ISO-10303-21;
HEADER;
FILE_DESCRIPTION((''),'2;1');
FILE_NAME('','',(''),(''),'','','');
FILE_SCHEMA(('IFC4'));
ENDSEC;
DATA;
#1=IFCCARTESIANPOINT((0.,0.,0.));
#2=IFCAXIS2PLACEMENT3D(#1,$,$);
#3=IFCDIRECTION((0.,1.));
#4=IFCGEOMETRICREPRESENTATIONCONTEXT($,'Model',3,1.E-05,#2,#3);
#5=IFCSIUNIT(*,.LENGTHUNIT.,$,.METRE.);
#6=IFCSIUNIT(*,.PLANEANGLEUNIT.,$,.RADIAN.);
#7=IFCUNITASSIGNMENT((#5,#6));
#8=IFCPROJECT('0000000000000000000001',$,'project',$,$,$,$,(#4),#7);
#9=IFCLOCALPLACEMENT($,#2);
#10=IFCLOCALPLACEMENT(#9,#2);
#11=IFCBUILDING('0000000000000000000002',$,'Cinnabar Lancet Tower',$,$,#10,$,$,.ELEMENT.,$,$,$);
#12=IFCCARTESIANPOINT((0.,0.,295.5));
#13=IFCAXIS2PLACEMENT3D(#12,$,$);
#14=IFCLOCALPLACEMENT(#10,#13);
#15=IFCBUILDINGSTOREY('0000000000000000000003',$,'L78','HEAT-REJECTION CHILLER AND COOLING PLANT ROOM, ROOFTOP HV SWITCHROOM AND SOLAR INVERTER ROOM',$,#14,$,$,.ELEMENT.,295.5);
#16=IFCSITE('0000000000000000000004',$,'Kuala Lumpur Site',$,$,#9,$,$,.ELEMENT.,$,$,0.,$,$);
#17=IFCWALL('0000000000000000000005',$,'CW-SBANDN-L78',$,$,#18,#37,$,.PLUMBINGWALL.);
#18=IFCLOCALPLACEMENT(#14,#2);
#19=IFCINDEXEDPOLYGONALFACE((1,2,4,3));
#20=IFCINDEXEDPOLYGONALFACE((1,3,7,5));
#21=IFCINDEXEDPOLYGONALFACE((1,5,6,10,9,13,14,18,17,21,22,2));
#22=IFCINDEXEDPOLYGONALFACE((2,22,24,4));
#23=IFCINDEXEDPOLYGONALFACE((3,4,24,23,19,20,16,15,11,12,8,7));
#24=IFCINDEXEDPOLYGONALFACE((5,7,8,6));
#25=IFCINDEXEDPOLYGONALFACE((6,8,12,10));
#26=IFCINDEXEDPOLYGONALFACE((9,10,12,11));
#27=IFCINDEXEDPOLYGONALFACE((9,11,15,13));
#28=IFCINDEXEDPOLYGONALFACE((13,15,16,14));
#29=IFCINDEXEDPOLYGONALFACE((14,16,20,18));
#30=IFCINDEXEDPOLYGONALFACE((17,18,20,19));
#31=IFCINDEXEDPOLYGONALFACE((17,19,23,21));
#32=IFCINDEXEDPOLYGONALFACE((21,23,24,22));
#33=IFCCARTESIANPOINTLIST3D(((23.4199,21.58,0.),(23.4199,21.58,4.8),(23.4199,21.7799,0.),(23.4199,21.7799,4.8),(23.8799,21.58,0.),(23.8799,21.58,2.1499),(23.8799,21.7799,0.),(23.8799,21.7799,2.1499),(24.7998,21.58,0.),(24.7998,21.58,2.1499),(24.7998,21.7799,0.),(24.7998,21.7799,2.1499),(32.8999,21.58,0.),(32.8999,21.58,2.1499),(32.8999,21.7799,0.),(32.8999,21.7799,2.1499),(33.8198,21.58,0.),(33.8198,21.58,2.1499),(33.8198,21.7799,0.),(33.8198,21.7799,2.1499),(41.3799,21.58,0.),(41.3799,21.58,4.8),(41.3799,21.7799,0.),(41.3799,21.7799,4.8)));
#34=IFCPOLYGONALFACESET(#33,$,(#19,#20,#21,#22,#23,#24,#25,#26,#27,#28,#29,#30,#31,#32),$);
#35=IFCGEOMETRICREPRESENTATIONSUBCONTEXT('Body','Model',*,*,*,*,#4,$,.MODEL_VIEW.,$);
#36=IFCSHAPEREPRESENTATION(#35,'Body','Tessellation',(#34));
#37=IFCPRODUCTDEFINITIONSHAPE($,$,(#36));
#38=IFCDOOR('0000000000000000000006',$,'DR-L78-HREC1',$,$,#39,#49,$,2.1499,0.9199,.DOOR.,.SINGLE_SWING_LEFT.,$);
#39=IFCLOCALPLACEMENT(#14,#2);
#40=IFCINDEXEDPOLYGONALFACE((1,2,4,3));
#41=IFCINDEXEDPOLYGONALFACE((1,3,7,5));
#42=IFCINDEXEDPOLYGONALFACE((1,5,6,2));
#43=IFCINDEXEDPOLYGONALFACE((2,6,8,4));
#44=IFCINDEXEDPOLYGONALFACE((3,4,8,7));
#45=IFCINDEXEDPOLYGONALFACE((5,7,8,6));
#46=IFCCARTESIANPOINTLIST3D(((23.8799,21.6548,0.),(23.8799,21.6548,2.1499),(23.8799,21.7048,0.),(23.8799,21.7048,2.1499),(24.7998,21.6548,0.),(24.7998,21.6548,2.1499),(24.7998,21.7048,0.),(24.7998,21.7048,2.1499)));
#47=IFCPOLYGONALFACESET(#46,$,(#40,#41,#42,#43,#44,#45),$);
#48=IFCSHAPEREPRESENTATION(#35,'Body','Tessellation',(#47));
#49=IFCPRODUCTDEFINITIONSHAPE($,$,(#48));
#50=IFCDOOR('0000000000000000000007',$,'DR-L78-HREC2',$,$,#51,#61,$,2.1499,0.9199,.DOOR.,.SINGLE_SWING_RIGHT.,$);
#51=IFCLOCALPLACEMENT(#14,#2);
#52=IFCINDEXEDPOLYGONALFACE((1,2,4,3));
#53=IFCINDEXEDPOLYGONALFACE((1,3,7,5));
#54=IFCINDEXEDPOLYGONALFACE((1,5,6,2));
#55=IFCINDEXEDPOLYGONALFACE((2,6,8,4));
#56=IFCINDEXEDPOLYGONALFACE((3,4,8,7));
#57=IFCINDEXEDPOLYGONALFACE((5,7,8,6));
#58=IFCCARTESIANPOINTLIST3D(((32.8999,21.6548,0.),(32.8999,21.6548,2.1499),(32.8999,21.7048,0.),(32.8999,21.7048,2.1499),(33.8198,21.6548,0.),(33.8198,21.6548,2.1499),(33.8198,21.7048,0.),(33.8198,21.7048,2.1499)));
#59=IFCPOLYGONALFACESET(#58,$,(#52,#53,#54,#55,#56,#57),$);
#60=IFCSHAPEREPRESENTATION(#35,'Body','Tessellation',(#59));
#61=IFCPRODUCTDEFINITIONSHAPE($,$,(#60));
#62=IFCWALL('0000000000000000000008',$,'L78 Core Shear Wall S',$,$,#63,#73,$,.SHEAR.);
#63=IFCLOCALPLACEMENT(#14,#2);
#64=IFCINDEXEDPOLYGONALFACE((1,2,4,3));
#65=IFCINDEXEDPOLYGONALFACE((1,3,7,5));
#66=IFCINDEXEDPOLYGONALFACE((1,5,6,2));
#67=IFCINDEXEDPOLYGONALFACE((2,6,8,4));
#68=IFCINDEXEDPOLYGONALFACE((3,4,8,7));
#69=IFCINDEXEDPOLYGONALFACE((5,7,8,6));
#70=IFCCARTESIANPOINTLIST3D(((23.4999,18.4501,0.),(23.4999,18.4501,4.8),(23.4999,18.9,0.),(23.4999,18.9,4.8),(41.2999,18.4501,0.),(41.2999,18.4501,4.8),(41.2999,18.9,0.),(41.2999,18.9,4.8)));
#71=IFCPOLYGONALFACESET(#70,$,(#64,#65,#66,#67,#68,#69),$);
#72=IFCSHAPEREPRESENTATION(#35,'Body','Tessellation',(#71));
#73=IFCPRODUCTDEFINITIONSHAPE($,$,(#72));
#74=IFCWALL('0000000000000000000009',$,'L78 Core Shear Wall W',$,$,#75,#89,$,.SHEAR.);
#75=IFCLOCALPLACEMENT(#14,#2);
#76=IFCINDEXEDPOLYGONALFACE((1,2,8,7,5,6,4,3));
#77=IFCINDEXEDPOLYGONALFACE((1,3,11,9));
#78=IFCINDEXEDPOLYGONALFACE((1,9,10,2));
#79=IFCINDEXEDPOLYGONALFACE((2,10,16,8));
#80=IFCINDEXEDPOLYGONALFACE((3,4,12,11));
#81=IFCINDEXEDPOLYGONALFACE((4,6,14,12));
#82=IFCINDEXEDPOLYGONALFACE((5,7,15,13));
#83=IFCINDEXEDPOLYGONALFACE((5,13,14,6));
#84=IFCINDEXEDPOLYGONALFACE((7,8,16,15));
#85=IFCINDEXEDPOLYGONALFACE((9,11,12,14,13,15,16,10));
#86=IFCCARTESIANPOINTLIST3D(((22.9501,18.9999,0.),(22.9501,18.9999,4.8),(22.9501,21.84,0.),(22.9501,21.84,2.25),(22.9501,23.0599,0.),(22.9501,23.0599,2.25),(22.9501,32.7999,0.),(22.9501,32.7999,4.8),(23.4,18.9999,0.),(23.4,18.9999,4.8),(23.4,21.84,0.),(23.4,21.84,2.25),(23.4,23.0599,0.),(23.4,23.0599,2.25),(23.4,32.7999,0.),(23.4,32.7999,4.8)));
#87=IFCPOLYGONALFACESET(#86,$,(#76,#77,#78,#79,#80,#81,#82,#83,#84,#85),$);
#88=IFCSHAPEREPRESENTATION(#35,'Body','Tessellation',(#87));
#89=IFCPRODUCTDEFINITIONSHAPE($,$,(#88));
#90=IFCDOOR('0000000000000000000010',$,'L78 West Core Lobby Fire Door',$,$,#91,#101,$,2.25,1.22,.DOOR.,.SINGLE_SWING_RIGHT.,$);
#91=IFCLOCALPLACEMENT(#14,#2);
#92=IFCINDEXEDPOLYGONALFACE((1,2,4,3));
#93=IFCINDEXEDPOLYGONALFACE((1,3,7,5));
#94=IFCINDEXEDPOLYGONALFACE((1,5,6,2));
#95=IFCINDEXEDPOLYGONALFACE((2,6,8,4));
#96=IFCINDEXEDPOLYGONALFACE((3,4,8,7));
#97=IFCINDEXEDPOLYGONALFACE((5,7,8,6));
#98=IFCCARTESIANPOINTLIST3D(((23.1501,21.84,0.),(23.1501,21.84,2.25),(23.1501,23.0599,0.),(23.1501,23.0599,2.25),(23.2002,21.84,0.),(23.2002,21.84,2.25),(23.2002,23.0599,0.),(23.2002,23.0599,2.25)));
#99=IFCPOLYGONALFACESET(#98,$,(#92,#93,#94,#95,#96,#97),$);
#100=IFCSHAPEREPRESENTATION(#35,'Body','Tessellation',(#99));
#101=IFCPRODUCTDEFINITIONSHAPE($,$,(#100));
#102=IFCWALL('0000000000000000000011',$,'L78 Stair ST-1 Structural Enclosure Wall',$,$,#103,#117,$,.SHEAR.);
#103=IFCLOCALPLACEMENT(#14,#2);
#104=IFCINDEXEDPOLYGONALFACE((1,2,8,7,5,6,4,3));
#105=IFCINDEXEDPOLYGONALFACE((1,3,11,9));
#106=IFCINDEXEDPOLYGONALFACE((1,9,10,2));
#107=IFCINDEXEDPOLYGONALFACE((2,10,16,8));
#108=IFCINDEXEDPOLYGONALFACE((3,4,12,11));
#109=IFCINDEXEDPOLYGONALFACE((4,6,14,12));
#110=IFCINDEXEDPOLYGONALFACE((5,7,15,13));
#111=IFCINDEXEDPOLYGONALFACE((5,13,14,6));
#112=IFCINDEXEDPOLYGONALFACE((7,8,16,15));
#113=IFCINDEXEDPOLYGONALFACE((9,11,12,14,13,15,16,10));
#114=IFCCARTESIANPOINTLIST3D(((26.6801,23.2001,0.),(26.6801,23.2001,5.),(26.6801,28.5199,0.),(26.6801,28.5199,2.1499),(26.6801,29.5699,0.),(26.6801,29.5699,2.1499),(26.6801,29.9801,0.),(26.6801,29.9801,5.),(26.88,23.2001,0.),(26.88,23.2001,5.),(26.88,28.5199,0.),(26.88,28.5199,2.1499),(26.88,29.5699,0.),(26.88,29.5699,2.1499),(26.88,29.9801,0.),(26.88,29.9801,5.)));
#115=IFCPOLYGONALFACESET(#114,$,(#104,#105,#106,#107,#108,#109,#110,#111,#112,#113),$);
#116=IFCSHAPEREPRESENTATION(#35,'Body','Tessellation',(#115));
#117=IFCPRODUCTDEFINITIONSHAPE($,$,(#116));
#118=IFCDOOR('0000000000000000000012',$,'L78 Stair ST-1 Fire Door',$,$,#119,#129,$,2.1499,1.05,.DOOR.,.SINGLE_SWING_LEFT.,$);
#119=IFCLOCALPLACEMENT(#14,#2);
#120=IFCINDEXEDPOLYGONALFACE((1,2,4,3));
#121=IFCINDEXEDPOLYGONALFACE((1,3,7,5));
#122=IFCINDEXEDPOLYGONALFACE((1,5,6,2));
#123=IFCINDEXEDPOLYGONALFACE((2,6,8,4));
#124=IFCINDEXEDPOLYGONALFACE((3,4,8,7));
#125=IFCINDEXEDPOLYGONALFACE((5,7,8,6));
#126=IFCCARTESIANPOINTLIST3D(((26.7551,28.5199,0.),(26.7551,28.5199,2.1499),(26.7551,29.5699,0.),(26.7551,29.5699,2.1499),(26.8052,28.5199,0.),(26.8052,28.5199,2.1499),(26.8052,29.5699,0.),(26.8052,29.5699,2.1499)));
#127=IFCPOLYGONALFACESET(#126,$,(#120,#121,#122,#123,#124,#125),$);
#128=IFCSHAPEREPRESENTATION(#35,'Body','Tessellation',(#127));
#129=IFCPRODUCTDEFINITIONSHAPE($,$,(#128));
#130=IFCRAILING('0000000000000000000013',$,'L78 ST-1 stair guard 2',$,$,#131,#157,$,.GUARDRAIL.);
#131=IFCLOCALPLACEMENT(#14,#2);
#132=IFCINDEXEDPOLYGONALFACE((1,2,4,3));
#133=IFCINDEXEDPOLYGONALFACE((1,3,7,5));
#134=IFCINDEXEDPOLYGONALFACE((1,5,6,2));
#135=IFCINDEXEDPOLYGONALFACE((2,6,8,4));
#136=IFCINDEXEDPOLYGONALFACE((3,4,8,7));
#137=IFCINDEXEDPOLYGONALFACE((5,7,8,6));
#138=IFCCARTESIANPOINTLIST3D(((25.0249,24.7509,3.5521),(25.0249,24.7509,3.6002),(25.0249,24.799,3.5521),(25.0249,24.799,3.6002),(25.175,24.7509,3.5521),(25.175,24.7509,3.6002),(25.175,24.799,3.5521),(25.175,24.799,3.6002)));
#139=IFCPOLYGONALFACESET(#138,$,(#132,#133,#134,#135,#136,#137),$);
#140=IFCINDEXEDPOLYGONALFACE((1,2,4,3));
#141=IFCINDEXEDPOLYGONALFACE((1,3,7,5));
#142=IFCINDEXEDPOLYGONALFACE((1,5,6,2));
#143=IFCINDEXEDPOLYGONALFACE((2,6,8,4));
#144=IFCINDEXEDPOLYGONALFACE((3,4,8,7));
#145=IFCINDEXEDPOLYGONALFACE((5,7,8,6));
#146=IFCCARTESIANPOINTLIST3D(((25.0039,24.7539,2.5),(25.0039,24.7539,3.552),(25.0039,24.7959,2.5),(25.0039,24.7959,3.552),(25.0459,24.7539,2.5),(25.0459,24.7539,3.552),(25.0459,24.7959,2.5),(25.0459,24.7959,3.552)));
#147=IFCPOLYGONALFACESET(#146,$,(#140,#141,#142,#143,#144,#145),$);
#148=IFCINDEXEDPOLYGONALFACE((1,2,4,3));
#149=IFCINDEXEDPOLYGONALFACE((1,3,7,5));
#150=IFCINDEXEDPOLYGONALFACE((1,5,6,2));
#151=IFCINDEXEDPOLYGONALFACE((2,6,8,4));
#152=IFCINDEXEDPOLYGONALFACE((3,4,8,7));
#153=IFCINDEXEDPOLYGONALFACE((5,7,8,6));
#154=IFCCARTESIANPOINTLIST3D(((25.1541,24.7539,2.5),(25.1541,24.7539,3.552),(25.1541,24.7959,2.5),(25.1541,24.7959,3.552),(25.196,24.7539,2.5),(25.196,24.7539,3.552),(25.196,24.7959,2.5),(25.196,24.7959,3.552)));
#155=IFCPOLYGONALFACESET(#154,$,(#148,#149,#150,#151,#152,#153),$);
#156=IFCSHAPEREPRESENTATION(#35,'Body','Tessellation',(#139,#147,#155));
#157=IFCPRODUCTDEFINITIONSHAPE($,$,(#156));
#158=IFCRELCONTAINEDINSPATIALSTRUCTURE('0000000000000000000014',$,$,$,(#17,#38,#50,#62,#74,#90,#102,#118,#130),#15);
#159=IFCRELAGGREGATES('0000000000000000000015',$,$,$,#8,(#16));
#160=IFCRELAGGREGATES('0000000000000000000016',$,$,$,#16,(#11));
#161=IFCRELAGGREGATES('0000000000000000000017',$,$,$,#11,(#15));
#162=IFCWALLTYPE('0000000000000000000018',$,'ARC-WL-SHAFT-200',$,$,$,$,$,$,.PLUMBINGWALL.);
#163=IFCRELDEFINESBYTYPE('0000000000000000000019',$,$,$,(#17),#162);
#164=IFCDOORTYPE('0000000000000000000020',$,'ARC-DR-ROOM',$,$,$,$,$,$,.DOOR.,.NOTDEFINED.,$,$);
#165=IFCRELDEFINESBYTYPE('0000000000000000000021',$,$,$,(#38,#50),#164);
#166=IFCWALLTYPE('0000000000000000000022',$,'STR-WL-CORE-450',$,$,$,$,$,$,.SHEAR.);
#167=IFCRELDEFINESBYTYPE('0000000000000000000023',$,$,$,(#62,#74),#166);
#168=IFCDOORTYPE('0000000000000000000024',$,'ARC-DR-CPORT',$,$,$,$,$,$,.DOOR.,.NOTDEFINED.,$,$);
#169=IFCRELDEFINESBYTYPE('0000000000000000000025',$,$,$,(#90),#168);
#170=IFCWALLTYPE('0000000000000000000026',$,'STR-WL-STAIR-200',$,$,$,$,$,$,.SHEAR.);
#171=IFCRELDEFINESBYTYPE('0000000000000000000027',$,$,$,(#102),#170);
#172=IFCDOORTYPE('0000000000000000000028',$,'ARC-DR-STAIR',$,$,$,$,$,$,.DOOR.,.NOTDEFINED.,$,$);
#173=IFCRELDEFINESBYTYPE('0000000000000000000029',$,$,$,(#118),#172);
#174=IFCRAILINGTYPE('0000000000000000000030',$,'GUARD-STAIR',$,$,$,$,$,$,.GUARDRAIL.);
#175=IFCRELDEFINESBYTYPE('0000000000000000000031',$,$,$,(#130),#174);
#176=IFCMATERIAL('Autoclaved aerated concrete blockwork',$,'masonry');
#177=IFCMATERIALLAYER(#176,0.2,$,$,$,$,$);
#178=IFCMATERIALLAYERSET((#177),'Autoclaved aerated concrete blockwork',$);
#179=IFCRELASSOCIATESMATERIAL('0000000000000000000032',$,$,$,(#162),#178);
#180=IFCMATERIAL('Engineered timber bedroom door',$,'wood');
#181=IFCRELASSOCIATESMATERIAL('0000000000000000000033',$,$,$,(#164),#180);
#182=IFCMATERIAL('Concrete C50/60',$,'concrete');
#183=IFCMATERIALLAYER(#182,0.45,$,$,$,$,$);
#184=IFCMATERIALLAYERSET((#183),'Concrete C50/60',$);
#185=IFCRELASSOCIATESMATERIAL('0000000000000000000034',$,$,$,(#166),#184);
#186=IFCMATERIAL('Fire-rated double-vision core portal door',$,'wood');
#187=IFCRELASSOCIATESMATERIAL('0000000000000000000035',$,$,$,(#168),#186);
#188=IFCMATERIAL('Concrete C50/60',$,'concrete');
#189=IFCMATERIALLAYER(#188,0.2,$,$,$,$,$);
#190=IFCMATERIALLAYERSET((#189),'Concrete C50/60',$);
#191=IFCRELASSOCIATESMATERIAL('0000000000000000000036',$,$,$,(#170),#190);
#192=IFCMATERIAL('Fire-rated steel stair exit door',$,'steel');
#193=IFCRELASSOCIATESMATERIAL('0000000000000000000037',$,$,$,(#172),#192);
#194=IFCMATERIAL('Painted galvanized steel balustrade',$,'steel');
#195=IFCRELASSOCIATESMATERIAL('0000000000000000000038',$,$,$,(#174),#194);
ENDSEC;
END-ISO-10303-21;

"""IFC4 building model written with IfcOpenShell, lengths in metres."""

from ifc_helpers import new_model, si_unit, direction, frame, frame_2d, origin, origin_2d, place, context, subcontext, project, spatial, rectangle, extrude, material, layer, layer_set, type_object, element, fill, save


model = new_model("IFC4")

# Units and contexts
model_context = context("Model", 3, precision=1e-05, world=origin(), true_north=direction((0.0, 1.0)))
body_context = subcontext(model_context, "Body", "Model", "MODEL_VIEW")
ifc_project = project(units=[si_unit("LENGTHUNIT", "METRE"), si_unit("PLANEANGLEUNIT", "RADIAN")], contexts=[model_context])

# Site, building, storey
site_placement = place(None, origin())
site = spatial("IfcSite", under=ifc_project, at=site_placement, Name="Kuala Lumpur Site", CompositionType="ELEMENT", RefElevation=0.0)
building_placement = place(site_placement, origin())
building = spatial("IfcBuilding", under=site, at=building_placement, Name="Cinnabar Lancet Tower", CompositionType="ELEMENT")
storey_placement = place(building_placement, frame((0.0, 0.0, 295.5)))
storey = spatial("IfcBuildingStorey", under=building, at=storey_placement, Name="L78", Description="HEAT-REJECTION CHILLER AND COOLING PLANT ROOM, ROOFTOP HV SWITCHROOM AND SOLAR INVERTER ROOM", CompositionType="ELEMENT", Elevation=295.5)

# Shared definitions
ifc_material_1 = material(Name="Autoclaved aerated concrete blockwork", Category="masonry")
ifc_layer_1 = layer(ifc_material_1, 0.2)
ifc_layer_set_1 = layer_set([ifc_layer_1], Name="Autoclaved aerated concrete blockwork")
wall_type_1 = type_object("IfcWallType", Name="ARC-WL-SHAFT-200", PredefinedType="PLUMBINGWALL", material=ifc_layer_set_1)

# Wall, openings, doors
wall_1_placement = place(storey_placement, frame((23.4199, 21.6799, 0.0), z_axis=(0.0, 0.0, 1.0), x_axis=(1.0, 0.0, 0.0)))
wall_1 = element("IfcWall", 1, at=wall_1_placement, inside=storey, type_object=wall_type_1, Name="CW-SBANDN-L78", PredefinedType="PLUMBINGWALL", context=body_context, shape_type="SweptSolid", body=[
    extrude(rectangle(XDim=17.96, YDim=0.2, at=frame_2d((8.98, 0.0))), origin(), (0.0, 0.0, 1.0), 4.8),
])
opening_1_placement = place(wall_1_placement, frame((0.46, 0.0, 0.0)))
opening_1 = element("IfcOpeningElement", 2, at=opening_1_placement, cuts=wall_1, PredefinedType="OPENING", context=body_context, shape_type="SweptSolid", body=[
    extrude(rectangle(XDim=0.9199, YDim=2.1499, at=frame_2d((0.46, 1.075))), frame((0.0, 0.1099, 0.0), z_axis=(0.0, -1.0, 0.0), x_axis=(1.0, 0.0, 0.0)), (0.0, 0.0, 1.0), 0.22),
])
opening_2_placement = place(wall_1_placement, frame((9.48, 0.0, 0.0)))
opening_2 = element("IfcOpeningElement", 3, at=opening_2_placement, cuts=wall_1, PredefinedType="OPENING", context=body_context, shape_type="SweptSolid", body=[
    extrude(rectangle(XDim=0.9199, YDim=2.1499, at=frame_2d((0.46, 1.075))), frame((0.0, 0.1099, 0.0), z_axis=(0.0, -1.0, 0.0), x_axis=(1.0, 0.0, 0.0)), (0.0, 0.0, 1.0), 0.22),
])
ifc_material_2 = material(Name="Engineered timber bedroom door", Category="wood")
door_type_1 = type_object("IfcDoorType", Name="ARC-DR-ROOM", OperationType="NOTDEFINED", PredefinedType="DOOR", material=ifc_material_2)
door_1_placement = place(opening_1_placement, origin())
door_1 = element("IfcDoor", 4, at=door_1_placement, inside=storey, type_object=door_type_1, Name="DR-L78-HREC1", OperationType="SINGLE_SWING_LEFT", OverallHeight=2.1499, OverallWidth=0.9199, PredefinedType="DOOR", context=body_context, shape_type="SweptSolid", body=[
    extrude(rectangle(XDim=0.9199, YDim=2.1499, at=frame_2d((0.46, 1.075))), frame((0.0, 0.0249, 0.0), z_axis=(0.0, -1.0, 0.0), x_axis=(1.0, 0.0, 0.0)), (0.0, 0.0, 1.0), 0.05),
])
fill(opening_1, door_1)
door_2_placement = place(opening_2_placement, origin())
door_2 = element("IfcDoor", 5, at=door_2_placement, inside=storey, type_object=door_type_1, Name="DR-L78-HREC2", OperationType="SINGLE_SWING_RIGHT", OverallHeight=2.1499, OverallWidth=0.9199, PredefinedType="DOOR", context=body_context, shape_type="SweptSolid", body=[
    extrude(rectangle(XDim=0.9199, YDim=2.1499, at=frame_2d((0.46, 1.075))), frame((0.0, 0.0249, 0.0), z_axis=(0.0, -1.0, 0.0), x_axis=(1.0, 0.0, 0.0)), (0.0, 0.0, 1.0), 0.05),
])
fill(opening_2, door_2)

# Wall
ifc_material_3 = material(Name="Concrete C50/60", Category="concrete")
ifc_layer_2 = layer(ifc_material_3, 0.45)
ifc_layer_set_2 = layer_set([ifc_layer_2], Name="Concrete C50/60")
wall_type_2 = type_object("IfcWallType", Name="STR-WL-CORE-450", PredefinedType="SHEAR", material=ifc_layer_set_2)
wall_2_placement = place(storey_placement, frame((23.5, 18.675, 0.0), z_axis=(0.0, 0.0, 1.0), x_axis=(1.0, 0.0, 0.0)))
element("IfcWall", 6, at=wall_2_placement, inside=storey, type_object=wall_type_2, Name="L78 Core Shear Wall S", PredefinedType="SHEAR", context=body_context, shape_type="SweptSolid", body=[
    extrude(rectangle(XDim=17.8, YDim=0.45, at=frame_2d((8.8999, 0.0))), origin(), (0.0, 0.0, 1.0), 4.8),
])

# Walls, openings, doors
wall_3_placement = place(storey_placement, frame((23.175, 19.0, 0.0), z_axis=(0.0, 0.0, 1.0), x_axis=(0.0, 1.0, 0.0)))
wall_3 = element("IfcWall", 7, at=wall_3_placement, inside=storey, type_object=wall_type_2, Name="L78 Core Shear Wall W", PredefinedType="SHEAR", context=body_context, shape_type="SweptSolid", body=[
    extrude(rectangle(XDim=13.8, YDim=0.45, at=frame_2d((6.8999, 0.0))), origin(), (0.0, 0.0, 1.0), 4.8),
])
opening_3_placement = place(wall_3_placement, frame((2.8401, 0.0, 0.0)))
opening_3 = element("IfcOpeningElement", 8, at=opening_3_placement, cuts=wall_3, PredefinedType="OPENING", context=body_context, shape_type="SweptSolid", body=[
    extrude(rectangle(XDim=1.22, YDim=2.25, at=frame_2d((0.6099, 1.125))), frame((0.0, 0.2349, 0.0), z_axis=(0.0, -1.0, 0.0), x_axis=(1.0, 0.0, 0.0)), (0.0, 0.0, 1.0), 0.47),
])
ifc_material_4 = material(Name="Fire-rated double-vision core portal door", Category="wood")
door_type_2 = type_object("IfcDoorType", Name="ARC-DR-CPORT", OperationType="NOTDEFINED", PredefinedType="DOOR", material=ifc_material_4)
door_3_placement = place(opening_3_placement, origin())
door_3 = element("IfcDoor", 9, at=door_3_placement, inside=storey, type_object=door_type_2, Name="L78 West Core Lobby Fire Door", OperationType="SINGLE_SWING_RIGHT", OverallHeight=2.25, OverallWidth=1.22, PredefinedType="DOOR", context=body_context, shape_type="SweptSolid", body=[
    extrude(rectangle(XDim=1.22, YDim=2.25, at=frame_2d((0.6099, 1.125))), frame((0.0, 0.0249, 0.0), z_axis=(0.0, -1.0, 0.0), x_axis=(1.0, 0.0, 0.0)), (0.0, 0.0, 1.0), 0.05),
])
fill(opening_3, door_3)
ifc_material_5 = material(Name="Concrete C50/60", Category="concrete")
ifc_layer_3 = layer(ifc_material_5, 0.2)
ifc_layer_set_3 = layer_set([ifc_layer_3], Name="Concrete C50/60")
wall_type_3 = type_object("IfcWallType", Name="STR-WL-STAIR-200", PredefinedType="SHEAR", material=ifc_layer_set_3)
wall_4_placement = place(storey_placement, frame((26.78, 23.2, 0.0), z_axis=(0.0, 0.0, 1.0), x_axis=(0.0, 1.0, 0.0)))
wall_4 = element("IfcWall", 10, at=wall_4_placement, inside=storey, type_object=wall_type_3, Name="L78 Stair ST-1 Structural Enclosure Wall", PredefinedType="SHEAR", context=body_context, shape_type="SweptSolid", body=[
    extrude(rectangle(XDim=6.78, YDim=0.2, at=frame_2d((3.3901, 0.0))), origin(), (0.0, 0.0, 1.0), 5.0),
])
opening_4_placement = place(wall_4_placement, frame((5.3201, 0.0, 0.0)))
opening_4 = element("IfcOpeningElement", 11, at=opening_4_placement, cuts=wall_4, PredefinedType="OPENING", context=body_context, shape_type="SweptSolid", body=[
    extrude(rectangle(XDim=1.05, YDim=2.1499, at=frame_2d((0.5249, 1.075))), frame((0.0, 0.1099, 0.0), z_axis=(0.0, -1.0, 0.0), x_axis=(1.0, 0.0, 0.0)), (0.0, 0.0, 1.0), 0.22),
])
ifc_material_6 = material(Name="Fire-rated steel stair exit door", Category="steel")
door_type_3 = type_object("IfcDoorType", Name="ARC-DR-STAIR", OperationType="NOTDEFINED", PredefinedType="DOOR", material=ifc_material_6)
door_4_placement = place(opening_4_placement, origin())
door_4 = element("IfcDoor", 12, at=door_4_placement, inside=storey, type_object=door_type_3, Name="L78 Stair ST-1 Fire Door", OperationType="SINGLE_SWING_LEFT", OverallHeight=2.1499, OverallWidth=1.05, PredefinedType="DOOR", context=body_context, shape_type="SweptSolid", body=[
    extrude(rectangle(XDim=1.05, YDim=2.1499, at=frame_2d((0.5249, 1.075))), frame((0.0, 0.0249, 0.0), z_axis=(0.0, -1.0, 0.0), x_axis=(1.0, 0.0, 0.0)), (0.0, 0.0, 1.0), 0.05),
])
fill(opening_4, door_4)

# Railing
ifc_material_7 = material(Name="Painted galvanized steel balustrade", Category="steel")
railing_type = type_object("IfcRailingType", Name="GUARD-STAIR", PredefinedType="GUARDRAIL", material=ifc_material_7)
railing_placement = place(storey_placement, frame((25.0249, 24.7749, 2.5)))
element("IfcRailing", 13, at=railing_placement, inside=storey, type_object=railing_type, Name="L78 ST-1 stair guard 2", PredefinedType="GUARDRAIL", context=body_context, shape_type="SweptSolid", body=[
    extrude(rectangle(XDim=0.0481, YDim=0.0481, at=origin_2d()), frame((0.0, 0.0, 1.0762), z_axis=(1.0, 0.0, 0.0), x_axis=(0.0, 1.0, 0.0)), (0.0, 0.0, 1.0), 0.1501),
    extrude(rectangle(XDim=0.042, YDim=0.042, at=origin_2d()), origin(), (0.0, 0.0, 1.0), 1.052),
    extrude(rectangle(XDim=0.042, YDim=0.042, at=origin_2d()), frame((0.1501, 0.0, 0.0)), (0.0, 0.0, 1.0), 1.052),
])

save(model, "model.ifc")
